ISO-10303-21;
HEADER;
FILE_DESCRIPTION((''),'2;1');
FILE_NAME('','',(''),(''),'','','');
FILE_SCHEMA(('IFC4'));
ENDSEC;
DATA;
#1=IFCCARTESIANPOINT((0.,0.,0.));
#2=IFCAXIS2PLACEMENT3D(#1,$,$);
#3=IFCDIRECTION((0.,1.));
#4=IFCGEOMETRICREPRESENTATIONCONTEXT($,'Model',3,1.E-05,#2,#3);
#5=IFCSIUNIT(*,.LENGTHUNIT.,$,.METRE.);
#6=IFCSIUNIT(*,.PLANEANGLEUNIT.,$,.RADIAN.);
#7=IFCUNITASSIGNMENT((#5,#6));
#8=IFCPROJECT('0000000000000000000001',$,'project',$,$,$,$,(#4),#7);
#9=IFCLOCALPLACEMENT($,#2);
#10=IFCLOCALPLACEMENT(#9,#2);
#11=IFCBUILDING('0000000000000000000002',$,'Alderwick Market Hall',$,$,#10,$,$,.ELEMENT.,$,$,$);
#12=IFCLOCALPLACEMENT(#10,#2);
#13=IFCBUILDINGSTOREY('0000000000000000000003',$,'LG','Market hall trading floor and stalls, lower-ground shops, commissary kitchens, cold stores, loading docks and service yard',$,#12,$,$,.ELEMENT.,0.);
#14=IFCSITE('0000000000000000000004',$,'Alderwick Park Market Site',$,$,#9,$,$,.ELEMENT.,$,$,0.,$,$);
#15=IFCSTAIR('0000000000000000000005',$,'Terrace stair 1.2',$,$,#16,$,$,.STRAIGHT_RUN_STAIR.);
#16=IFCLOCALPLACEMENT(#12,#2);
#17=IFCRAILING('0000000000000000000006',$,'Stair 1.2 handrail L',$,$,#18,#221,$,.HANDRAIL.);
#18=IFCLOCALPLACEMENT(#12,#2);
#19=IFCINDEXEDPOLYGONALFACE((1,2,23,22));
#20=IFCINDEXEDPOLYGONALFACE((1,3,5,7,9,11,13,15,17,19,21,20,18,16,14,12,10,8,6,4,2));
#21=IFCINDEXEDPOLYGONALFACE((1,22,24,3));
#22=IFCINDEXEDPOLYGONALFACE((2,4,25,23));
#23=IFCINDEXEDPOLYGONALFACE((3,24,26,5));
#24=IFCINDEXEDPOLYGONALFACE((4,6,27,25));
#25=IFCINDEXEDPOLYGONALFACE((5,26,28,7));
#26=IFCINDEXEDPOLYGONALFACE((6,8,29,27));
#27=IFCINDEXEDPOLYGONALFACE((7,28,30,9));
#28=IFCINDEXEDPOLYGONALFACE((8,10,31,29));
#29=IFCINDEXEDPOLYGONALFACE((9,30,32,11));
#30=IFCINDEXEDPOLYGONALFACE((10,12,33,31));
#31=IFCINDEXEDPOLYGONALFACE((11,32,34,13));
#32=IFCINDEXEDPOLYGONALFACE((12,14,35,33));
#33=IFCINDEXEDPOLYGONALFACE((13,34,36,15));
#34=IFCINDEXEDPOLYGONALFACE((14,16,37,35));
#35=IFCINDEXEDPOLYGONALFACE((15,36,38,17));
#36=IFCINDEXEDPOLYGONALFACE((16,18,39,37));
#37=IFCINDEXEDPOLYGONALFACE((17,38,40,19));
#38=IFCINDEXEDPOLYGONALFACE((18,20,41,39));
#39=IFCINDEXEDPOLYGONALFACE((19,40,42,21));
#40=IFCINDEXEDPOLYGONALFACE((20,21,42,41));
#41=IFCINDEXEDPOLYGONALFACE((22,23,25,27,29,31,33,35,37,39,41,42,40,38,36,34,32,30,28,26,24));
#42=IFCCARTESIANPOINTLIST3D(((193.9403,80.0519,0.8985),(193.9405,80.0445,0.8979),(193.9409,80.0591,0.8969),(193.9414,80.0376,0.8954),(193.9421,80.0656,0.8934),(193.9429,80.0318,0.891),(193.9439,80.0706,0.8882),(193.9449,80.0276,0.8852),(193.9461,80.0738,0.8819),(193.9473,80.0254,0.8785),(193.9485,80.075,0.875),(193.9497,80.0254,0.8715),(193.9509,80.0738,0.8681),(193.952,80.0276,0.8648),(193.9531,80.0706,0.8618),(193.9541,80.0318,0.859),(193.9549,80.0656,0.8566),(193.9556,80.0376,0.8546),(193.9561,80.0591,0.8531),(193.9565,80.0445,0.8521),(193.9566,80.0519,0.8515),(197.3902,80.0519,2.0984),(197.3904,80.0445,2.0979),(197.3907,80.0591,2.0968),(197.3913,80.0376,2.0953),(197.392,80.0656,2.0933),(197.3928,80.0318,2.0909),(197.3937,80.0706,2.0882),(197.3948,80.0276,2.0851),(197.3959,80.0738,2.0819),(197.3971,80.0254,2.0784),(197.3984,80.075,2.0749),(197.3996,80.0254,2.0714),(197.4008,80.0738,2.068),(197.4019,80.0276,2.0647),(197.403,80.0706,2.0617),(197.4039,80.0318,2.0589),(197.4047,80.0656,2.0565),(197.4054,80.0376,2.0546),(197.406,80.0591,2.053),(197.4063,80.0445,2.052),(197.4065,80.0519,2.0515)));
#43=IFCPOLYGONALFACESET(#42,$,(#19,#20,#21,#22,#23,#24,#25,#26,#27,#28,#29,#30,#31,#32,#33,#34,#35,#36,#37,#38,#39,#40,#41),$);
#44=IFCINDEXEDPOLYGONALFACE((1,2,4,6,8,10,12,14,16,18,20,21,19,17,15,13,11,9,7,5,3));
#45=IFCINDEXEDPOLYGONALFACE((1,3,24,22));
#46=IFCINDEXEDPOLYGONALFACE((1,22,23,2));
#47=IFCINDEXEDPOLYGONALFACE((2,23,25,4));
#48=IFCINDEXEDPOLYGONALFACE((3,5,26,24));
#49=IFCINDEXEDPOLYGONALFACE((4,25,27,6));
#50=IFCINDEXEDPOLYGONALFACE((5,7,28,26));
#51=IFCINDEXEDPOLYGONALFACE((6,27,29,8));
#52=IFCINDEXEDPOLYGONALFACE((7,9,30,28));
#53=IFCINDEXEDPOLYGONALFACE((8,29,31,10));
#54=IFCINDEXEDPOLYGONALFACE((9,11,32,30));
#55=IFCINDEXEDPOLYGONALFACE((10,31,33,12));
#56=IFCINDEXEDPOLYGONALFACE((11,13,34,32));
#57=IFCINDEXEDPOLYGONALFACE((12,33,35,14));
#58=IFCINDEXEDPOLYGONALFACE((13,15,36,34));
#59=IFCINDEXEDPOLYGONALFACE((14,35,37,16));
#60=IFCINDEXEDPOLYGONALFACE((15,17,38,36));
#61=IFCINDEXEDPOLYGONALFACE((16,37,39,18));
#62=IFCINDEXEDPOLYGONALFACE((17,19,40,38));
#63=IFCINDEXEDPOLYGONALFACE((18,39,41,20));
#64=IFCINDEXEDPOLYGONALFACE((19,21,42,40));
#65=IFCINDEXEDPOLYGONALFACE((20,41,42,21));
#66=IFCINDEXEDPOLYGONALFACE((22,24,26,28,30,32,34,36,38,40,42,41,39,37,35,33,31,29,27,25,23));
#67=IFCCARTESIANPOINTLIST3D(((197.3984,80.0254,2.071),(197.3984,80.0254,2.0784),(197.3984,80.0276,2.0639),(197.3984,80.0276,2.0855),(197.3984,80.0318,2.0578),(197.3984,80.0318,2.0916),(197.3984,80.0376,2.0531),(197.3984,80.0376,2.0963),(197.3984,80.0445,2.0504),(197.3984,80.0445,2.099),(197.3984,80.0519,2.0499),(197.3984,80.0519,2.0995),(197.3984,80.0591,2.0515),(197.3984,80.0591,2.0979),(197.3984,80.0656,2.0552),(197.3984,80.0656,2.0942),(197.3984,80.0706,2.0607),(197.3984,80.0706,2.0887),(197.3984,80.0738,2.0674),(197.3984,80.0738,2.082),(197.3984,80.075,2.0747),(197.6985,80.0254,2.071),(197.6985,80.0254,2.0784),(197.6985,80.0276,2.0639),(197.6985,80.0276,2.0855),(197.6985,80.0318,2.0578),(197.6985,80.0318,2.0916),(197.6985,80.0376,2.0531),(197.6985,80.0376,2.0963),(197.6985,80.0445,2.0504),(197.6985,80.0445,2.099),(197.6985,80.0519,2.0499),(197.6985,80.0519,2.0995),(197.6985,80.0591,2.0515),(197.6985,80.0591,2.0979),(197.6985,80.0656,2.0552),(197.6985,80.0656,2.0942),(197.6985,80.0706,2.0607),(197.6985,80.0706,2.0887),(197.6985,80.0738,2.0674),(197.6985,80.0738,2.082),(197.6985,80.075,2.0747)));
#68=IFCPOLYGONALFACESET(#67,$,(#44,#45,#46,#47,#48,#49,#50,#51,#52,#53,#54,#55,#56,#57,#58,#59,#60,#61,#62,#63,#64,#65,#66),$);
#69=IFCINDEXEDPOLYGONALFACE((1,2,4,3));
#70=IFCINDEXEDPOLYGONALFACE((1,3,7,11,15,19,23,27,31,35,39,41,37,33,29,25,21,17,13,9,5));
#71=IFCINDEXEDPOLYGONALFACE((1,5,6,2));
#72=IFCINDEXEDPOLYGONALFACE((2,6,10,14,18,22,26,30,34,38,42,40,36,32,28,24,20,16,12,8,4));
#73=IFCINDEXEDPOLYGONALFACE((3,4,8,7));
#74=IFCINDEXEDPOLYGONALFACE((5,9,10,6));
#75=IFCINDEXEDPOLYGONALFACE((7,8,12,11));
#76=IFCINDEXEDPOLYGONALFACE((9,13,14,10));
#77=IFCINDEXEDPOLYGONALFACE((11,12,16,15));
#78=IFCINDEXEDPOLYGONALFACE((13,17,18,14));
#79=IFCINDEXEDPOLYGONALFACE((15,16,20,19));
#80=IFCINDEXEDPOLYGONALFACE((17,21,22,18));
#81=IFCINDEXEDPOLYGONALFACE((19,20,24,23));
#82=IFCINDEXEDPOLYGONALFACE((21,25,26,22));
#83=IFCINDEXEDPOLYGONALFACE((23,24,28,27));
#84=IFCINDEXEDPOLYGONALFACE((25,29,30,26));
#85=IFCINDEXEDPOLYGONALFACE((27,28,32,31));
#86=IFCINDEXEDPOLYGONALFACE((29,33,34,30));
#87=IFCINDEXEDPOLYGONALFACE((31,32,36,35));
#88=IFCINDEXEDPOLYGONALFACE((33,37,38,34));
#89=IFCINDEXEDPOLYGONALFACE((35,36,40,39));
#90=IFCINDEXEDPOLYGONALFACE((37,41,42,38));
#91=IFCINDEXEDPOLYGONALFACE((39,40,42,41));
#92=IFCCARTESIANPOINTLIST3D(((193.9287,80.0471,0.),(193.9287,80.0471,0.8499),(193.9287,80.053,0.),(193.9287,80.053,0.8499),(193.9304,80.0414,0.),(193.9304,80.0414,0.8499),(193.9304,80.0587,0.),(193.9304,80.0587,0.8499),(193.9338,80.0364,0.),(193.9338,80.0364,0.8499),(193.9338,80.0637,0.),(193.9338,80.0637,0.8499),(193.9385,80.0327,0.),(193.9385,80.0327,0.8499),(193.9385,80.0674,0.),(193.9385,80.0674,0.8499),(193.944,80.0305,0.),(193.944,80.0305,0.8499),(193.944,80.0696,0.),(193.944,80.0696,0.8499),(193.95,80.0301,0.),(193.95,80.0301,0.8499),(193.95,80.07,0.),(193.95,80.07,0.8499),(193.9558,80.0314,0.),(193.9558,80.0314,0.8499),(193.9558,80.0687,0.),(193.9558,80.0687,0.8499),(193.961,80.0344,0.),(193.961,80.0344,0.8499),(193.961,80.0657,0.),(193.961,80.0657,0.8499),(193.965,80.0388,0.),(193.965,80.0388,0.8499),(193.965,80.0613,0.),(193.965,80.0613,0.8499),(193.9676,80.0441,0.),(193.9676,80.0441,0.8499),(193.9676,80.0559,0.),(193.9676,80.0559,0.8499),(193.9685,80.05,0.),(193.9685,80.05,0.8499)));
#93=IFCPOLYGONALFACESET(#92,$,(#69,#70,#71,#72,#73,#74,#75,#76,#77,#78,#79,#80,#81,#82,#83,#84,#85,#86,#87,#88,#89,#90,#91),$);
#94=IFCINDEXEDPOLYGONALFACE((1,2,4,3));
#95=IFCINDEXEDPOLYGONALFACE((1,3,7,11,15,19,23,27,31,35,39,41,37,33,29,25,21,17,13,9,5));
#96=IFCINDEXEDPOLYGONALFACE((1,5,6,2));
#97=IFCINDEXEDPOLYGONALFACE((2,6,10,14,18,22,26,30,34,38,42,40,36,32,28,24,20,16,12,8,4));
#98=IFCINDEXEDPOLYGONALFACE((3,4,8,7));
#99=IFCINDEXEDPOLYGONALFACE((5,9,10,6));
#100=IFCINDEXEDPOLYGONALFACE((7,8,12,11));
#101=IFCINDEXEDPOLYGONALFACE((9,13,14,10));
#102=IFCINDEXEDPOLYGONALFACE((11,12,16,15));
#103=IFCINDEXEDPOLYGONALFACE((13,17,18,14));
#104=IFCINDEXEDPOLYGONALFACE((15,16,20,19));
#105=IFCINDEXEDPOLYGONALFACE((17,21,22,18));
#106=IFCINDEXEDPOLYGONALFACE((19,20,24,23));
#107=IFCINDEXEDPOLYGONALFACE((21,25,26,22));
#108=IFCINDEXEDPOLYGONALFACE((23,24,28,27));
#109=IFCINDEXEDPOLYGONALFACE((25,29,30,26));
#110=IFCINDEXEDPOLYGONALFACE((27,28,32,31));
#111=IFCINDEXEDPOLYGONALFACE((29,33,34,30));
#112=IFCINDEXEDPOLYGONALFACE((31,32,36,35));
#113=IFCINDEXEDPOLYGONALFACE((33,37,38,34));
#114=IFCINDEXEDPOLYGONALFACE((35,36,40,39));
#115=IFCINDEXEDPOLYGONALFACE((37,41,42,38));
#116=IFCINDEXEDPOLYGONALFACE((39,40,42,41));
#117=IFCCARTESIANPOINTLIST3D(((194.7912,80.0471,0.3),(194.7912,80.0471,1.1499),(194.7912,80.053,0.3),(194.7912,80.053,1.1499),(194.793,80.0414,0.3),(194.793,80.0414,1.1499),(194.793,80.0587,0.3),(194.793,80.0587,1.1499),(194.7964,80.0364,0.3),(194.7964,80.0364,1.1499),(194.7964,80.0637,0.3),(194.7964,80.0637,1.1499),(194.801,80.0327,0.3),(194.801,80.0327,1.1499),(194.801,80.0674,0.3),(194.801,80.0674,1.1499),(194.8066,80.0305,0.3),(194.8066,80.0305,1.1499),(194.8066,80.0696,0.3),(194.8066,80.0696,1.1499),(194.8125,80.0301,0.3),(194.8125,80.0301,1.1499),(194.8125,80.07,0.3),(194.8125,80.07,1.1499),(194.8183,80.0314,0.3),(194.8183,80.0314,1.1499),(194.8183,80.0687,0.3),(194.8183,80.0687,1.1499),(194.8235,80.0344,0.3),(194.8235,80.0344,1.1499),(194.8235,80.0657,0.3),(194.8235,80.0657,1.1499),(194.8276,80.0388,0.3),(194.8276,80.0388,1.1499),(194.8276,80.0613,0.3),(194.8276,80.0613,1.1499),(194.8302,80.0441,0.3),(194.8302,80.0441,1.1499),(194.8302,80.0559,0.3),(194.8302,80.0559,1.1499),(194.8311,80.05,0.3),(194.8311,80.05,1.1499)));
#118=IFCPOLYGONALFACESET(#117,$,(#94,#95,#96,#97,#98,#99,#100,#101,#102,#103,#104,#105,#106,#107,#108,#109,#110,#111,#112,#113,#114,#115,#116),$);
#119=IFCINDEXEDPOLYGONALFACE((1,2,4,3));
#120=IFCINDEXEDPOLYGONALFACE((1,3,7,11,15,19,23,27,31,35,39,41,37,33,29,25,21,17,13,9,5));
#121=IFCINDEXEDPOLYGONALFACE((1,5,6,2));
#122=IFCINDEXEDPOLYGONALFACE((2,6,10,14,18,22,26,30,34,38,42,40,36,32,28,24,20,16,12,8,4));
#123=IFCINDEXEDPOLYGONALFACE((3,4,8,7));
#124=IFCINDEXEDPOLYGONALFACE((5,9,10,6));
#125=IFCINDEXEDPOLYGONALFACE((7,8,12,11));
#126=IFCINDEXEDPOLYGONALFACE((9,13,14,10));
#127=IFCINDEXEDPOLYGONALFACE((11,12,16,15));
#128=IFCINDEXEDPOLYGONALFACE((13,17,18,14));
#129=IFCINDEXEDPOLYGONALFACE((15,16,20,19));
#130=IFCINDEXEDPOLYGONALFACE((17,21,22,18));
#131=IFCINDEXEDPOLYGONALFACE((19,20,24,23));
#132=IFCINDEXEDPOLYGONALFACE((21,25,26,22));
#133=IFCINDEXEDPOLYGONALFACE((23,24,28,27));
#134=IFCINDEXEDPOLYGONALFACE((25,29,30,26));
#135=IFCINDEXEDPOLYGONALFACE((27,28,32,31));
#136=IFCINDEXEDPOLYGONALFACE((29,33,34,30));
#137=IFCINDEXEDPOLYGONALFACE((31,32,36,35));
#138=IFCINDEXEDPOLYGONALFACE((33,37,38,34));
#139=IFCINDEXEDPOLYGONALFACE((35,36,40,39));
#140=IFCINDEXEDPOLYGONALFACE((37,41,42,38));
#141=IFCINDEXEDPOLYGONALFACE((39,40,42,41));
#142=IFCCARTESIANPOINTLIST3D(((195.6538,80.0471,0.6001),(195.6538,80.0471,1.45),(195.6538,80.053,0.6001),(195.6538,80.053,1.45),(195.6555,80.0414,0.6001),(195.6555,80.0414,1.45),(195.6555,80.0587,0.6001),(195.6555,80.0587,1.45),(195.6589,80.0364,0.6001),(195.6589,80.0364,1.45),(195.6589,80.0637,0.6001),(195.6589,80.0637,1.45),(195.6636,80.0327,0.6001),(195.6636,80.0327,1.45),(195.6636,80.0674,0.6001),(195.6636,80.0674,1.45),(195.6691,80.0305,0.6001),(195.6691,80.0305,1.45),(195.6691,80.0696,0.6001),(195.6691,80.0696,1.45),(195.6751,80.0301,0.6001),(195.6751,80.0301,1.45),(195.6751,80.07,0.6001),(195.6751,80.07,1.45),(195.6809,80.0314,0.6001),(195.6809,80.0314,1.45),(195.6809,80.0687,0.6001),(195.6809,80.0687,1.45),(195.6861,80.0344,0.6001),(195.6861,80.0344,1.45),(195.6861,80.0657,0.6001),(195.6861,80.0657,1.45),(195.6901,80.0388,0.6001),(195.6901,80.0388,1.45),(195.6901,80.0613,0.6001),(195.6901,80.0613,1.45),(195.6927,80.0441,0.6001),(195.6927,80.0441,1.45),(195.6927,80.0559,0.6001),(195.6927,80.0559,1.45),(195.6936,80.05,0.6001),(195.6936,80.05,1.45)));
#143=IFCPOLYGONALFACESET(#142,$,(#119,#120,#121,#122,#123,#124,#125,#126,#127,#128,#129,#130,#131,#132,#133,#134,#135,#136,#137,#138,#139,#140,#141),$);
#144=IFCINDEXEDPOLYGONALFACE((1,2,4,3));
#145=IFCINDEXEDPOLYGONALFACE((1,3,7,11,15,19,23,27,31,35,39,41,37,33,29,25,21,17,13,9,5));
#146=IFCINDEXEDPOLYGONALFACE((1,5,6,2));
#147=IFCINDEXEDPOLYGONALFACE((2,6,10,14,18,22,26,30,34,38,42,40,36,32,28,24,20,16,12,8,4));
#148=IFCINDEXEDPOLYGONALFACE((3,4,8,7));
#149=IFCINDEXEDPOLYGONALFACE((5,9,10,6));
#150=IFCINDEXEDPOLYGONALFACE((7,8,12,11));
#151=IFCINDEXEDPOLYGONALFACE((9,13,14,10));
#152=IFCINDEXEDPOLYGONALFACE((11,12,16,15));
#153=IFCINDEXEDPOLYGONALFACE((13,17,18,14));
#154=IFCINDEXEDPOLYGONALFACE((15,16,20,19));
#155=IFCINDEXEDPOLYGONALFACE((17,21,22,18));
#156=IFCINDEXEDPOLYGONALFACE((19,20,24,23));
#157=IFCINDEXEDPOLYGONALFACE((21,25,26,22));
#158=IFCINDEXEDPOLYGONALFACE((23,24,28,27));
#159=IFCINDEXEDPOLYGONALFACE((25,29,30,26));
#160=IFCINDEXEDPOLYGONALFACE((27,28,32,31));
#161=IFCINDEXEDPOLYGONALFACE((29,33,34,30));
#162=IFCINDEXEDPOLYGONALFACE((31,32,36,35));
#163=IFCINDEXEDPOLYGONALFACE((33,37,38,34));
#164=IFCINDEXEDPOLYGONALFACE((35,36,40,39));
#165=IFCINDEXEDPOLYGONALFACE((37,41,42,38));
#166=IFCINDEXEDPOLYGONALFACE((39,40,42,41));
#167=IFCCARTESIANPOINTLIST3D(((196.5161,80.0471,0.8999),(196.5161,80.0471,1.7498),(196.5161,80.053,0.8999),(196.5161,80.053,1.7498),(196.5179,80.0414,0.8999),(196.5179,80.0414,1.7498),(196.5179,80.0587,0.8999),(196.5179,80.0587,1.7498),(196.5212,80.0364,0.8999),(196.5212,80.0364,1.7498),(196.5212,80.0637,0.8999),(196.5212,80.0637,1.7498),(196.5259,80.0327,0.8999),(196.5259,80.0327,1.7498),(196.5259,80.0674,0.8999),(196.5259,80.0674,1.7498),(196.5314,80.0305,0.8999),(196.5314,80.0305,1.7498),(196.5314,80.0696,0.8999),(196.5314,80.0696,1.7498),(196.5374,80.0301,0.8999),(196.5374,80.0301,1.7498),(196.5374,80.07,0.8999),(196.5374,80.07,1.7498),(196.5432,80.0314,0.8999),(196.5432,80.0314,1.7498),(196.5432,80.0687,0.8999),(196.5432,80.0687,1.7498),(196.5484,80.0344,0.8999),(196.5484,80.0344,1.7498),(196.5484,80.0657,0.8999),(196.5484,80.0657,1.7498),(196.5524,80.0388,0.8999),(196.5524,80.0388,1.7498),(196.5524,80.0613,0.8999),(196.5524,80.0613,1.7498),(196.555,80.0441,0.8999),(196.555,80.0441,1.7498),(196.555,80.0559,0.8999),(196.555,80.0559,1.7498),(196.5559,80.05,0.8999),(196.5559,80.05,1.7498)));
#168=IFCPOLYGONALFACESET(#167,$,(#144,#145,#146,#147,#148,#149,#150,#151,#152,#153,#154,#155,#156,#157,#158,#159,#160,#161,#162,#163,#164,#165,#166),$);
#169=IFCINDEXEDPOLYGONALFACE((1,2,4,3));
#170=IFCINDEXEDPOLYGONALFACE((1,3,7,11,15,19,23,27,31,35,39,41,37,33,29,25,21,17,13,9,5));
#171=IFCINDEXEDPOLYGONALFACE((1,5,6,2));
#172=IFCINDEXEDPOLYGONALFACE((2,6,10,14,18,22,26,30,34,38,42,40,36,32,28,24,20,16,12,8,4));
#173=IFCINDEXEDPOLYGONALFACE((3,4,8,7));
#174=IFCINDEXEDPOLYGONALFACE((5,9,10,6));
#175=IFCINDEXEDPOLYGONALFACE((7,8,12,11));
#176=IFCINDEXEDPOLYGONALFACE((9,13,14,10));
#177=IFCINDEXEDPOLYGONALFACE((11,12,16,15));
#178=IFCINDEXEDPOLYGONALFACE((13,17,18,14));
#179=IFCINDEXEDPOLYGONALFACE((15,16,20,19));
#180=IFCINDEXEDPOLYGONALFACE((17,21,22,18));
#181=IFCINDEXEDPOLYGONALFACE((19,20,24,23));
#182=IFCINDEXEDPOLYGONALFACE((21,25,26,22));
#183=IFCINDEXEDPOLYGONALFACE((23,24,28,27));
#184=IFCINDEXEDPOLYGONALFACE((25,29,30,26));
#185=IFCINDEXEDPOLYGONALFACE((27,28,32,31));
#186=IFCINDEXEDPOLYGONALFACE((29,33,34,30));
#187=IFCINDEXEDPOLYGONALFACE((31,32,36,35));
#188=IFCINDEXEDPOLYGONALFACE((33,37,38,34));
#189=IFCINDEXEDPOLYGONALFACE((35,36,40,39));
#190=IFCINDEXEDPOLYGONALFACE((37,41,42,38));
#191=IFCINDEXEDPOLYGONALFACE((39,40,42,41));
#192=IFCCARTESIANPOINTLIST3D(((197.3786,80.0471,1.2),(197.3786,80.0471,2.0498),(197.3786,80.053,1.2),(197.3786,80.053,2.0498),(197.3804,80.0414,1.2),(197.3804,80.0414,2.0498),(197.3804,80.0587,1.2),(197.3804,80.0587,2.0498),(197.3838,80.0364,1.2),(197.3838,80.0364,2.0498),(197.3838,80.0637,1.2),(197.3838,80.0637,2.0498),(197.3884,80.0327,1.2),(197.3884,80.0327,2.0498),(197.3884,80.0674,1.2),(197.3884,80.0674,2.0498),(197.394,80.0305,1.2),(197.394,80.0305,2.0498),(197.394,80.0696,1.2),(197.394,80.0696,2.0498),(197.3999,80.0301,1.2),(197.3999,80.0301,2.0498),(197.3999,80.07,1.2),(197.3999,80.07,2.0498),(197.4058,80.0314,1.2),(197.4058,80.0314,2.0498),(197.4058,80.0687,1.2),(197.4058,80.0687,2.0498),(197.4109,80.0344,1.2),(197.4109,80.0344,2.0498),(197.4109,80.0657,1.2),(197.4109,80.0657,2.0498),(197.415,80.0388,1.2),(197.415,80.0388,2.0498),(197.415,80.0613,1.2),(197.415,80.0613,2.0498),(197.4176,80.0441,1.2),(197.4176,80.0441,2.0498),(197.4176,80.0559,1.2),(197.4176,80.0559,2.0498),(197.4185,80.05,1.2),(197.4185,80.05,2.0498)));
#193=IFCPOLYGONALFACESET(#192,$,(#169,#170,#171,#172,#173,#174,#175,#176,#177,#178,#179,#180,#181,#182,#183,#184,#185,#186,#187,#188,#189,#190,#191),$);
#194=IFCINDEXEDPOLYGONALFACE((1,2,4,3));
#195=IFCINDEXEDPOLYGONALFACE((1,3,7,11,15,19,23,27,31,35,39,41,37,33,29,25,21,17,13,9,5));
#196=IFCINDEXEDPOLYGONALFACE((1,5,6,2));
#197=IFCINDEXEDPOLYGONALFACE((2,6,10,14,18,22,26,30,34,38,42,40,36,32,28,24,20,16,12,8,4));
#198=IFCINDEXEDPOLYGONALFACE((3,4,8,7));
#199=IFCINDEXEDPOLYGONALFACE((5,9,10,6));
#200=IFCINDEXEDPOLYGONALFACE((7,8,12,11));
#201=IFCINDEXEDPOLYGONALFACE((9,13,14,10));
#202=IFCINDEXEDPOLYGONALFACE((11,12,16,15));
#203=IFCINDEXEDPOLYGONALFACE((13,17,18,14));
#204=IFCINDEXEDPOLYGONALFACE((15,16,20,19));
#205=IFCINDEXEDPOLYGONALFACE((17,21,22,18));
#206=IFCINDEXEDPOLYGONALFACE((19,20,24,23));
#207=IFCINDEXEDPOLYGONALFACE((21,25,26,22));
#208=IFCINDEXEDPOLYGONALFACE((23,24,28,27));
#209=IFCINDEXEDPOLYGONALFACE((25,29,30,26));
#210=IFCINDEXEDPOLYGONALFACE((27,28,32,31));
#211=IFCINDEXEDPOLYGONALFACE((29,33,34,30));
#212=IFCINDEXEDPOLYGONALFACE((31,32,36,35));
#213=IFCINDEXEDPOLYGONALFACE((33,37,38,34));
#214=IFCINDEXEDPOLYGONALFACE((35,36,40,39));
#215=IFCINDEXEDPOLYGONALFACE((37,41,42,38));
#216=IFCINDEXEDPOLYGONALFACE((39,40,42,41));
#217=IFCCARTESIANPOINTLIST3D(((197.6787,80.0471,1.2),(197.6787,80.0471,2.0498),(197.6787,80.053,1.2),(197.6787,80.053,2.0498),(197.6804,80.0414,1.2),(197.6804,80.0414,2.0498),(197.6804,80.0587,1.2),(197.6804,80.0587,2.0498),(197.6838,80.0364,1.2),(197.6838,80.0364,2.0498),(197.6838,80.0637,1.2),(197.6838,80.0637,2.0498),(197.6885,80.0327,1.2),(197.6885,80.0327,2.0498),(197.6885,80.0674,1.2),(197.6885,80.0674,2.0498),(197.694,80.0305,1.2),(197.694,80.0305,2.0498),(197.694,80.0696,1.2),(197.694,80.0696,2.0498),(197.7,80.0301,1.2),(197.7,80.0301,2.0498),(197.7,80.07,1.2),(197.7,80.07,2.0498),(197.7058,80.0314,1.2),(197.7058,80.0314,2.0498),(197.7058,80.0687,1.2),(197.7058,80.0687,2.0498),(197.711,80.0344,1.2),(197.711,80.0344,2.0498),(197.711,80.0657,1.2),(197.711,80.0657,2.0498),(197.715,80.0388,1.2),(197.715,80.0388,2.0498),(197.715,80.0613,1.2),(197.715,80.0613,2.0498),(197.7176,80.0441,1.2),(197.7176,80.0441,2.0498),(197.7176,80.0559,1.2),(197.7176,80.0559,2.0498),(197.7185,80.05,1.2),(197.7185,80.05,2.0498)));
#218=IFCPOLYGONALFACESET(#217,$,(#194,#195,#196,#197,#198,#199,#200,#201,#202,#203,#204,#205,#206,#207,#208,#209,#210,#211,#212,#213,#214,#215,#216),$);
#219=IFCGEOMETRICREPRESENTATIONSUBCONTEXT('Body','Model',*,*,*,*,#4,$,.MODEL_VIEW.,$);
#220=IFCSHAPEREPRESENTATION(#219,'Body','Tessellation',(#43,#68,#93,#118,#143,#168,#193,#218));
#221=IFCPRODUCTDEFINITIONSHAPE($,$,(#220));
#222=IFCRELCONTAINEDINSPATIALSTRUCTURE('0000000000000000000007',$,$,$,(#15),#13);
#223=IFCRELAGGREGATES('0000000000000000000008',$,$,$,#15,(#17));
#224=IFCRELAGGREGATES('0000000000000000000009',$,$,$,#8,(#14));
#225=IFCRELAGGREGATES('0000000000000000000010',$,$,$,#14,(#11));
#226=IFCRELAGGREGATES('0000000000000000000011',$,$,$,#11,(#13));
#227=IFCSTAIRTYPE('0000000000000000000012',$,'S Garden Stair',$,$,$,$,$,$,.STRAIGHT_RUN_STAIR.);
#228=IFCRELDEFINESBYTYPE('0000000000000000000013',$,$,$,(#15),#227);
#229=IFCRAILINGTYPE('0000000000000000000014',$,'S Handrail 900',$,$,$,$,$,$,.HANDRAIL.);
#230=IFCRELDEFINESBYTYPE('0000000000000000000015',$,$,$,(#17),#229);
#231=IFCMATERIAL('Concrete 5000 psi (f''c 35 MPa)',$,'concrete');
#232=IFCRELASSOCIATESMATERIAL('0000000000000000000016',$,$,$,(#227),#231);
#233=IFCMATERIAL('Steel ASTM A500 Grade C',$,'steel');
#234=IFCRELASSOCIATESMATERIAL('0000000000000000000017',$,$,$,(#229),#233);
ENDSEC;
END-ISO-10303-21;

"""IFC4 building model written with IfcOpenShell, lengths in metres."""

from ifc_helpers import new_model, si_unit, direction, frame, origin, origin_2d, place, context, subcontext, project, spatial, circle, extrude, material, type_object, element, aggregate, save


model = new_model("IFC4")

# Units and contexts
model_context = context("Model", 3, precision=1e-05, world=origin(), true_north=direction((0.0, 1.0)))
body_context = subcontext(model_context, "Body", "Model", "MODEL_VIEW")
ifc_project = project(units=[si_unit("LENGTHUNIT", "METRE"), si_unit("PLANEANGLEUNIT", "RADIAN")], contexts=[model_context])

# Site, building, storey
site_placement = place(None, origin())
site = spatial("IfcSite", under=ifc_project, at=site_placement, Name="Alderwick Park Market Site", CompositionType="ELEMENT", RefElevation=0.0)
building_placement = place(site_placement, origin())
building = spatial("IfcBuilding", under=site, at=building_placement, Name="Alderwick Market Hall", CompositionType="ELEMENT")
storey_placement = place(building_placement, origin())
storey = spatial("IfcBuildingStorey", under=building, at=storey_placement, Name="LG", Description="Market hall trading floor and stalls, lower-ground shops, commissary kitchens, cold stores, loading docks and service yard", CompositionType="ELEMENT", Elevation=0.0)

# Shared definitions
ifc_material_1 = material(Name="Concrete 5000 psi (f'c 35 MPa)", Category="concrete")

# Stair
stair_type = type_object("IfcStairType", Name="S Garden Stair", PredefinedType="STRAIGHT_RUN_STAIR", material=ifc_material_1)
stair_1_placement = place(storey_placement, origin())
stair_1 = element("IfcStair", 1, at=stair_1_placement, inside=storey, type_object=stair_type, Name="Terrace stair 1.2", PredefinedType="STRAIGHT_RUN_STAIR")

# Railing
ifc_material_2 = material(Name="Steel ASTM A500 Grade C", Category="steel")
railing_type_1 = type_object("IfcRailingType", Name="S Handrail 900", PredefinedType="HANDRAIL", material=ifc_material_2)
railing_1_placement = place(storey_placement, frame((193.9485, 80.05, 0.0)))
railing_1 = element("IfcRailing", 2, at=railing_1_placement, type_object=railing_type_1, Name="Stair 1.2 handrail L", PredefinedType="HANDRAIL", context=body_context, shape_type="SweptSolid", body=[
    extrude(circle(Radius=0.0249, at=origin_2d()), frame((0.0, 0.0, 0.875), z_axis=(0.9445, 0.0, 0.328513), x_axis=(0.0, 1.0, 0.0)), (0.0, 0.0, 1.0), 3.6526),
    extrude(circle(Radius=0.0249, at=origin_2d()), frame((3.45, 0.0, 2.0747), z_axis=(1.0, 0.0, 0.0), x_axis=(0.0, 1.0, 0.0)), (0.0, 0.0, 1.0), 0.3),
    extrude(circle(Radius=0.02, at=origin_2d()), origin(), (0.0, 0.0, 1.0), 0.8499),
    extrude(circle(Radius=0.02, at=origin_2d()), frame((0.8625, 0.0, 0.3)), (0.0, 0.0, 1.0), 0.8499),
    extrude(circle(Radius=0.02, at=origin_2d()), frame((1.7251, 0.0, 0.6001)), (0.0, 0.0, 1.0), 0.8499),
    extrude(circle(Radius=0.02, at=origin_2d()), frame((2.5874, 0.0, 0.8999)), (0.0, 0.0, 1.0), 0.8499),
    extrude(circle(Radius=0.02, at=origin_2d()), frame((3.45, 0.0, 1.2)), (0.0, 0.0, 1.0), 0.8499),
    extrude(circle(Radius=0.02, at=origin_2d()), frame((3.75, 0.0, 1.2)), (0.0, 0.0, 1.0), 0.8499),
])
aggregate(stair_1, [railing_1])

save(model, "model.ifc")
